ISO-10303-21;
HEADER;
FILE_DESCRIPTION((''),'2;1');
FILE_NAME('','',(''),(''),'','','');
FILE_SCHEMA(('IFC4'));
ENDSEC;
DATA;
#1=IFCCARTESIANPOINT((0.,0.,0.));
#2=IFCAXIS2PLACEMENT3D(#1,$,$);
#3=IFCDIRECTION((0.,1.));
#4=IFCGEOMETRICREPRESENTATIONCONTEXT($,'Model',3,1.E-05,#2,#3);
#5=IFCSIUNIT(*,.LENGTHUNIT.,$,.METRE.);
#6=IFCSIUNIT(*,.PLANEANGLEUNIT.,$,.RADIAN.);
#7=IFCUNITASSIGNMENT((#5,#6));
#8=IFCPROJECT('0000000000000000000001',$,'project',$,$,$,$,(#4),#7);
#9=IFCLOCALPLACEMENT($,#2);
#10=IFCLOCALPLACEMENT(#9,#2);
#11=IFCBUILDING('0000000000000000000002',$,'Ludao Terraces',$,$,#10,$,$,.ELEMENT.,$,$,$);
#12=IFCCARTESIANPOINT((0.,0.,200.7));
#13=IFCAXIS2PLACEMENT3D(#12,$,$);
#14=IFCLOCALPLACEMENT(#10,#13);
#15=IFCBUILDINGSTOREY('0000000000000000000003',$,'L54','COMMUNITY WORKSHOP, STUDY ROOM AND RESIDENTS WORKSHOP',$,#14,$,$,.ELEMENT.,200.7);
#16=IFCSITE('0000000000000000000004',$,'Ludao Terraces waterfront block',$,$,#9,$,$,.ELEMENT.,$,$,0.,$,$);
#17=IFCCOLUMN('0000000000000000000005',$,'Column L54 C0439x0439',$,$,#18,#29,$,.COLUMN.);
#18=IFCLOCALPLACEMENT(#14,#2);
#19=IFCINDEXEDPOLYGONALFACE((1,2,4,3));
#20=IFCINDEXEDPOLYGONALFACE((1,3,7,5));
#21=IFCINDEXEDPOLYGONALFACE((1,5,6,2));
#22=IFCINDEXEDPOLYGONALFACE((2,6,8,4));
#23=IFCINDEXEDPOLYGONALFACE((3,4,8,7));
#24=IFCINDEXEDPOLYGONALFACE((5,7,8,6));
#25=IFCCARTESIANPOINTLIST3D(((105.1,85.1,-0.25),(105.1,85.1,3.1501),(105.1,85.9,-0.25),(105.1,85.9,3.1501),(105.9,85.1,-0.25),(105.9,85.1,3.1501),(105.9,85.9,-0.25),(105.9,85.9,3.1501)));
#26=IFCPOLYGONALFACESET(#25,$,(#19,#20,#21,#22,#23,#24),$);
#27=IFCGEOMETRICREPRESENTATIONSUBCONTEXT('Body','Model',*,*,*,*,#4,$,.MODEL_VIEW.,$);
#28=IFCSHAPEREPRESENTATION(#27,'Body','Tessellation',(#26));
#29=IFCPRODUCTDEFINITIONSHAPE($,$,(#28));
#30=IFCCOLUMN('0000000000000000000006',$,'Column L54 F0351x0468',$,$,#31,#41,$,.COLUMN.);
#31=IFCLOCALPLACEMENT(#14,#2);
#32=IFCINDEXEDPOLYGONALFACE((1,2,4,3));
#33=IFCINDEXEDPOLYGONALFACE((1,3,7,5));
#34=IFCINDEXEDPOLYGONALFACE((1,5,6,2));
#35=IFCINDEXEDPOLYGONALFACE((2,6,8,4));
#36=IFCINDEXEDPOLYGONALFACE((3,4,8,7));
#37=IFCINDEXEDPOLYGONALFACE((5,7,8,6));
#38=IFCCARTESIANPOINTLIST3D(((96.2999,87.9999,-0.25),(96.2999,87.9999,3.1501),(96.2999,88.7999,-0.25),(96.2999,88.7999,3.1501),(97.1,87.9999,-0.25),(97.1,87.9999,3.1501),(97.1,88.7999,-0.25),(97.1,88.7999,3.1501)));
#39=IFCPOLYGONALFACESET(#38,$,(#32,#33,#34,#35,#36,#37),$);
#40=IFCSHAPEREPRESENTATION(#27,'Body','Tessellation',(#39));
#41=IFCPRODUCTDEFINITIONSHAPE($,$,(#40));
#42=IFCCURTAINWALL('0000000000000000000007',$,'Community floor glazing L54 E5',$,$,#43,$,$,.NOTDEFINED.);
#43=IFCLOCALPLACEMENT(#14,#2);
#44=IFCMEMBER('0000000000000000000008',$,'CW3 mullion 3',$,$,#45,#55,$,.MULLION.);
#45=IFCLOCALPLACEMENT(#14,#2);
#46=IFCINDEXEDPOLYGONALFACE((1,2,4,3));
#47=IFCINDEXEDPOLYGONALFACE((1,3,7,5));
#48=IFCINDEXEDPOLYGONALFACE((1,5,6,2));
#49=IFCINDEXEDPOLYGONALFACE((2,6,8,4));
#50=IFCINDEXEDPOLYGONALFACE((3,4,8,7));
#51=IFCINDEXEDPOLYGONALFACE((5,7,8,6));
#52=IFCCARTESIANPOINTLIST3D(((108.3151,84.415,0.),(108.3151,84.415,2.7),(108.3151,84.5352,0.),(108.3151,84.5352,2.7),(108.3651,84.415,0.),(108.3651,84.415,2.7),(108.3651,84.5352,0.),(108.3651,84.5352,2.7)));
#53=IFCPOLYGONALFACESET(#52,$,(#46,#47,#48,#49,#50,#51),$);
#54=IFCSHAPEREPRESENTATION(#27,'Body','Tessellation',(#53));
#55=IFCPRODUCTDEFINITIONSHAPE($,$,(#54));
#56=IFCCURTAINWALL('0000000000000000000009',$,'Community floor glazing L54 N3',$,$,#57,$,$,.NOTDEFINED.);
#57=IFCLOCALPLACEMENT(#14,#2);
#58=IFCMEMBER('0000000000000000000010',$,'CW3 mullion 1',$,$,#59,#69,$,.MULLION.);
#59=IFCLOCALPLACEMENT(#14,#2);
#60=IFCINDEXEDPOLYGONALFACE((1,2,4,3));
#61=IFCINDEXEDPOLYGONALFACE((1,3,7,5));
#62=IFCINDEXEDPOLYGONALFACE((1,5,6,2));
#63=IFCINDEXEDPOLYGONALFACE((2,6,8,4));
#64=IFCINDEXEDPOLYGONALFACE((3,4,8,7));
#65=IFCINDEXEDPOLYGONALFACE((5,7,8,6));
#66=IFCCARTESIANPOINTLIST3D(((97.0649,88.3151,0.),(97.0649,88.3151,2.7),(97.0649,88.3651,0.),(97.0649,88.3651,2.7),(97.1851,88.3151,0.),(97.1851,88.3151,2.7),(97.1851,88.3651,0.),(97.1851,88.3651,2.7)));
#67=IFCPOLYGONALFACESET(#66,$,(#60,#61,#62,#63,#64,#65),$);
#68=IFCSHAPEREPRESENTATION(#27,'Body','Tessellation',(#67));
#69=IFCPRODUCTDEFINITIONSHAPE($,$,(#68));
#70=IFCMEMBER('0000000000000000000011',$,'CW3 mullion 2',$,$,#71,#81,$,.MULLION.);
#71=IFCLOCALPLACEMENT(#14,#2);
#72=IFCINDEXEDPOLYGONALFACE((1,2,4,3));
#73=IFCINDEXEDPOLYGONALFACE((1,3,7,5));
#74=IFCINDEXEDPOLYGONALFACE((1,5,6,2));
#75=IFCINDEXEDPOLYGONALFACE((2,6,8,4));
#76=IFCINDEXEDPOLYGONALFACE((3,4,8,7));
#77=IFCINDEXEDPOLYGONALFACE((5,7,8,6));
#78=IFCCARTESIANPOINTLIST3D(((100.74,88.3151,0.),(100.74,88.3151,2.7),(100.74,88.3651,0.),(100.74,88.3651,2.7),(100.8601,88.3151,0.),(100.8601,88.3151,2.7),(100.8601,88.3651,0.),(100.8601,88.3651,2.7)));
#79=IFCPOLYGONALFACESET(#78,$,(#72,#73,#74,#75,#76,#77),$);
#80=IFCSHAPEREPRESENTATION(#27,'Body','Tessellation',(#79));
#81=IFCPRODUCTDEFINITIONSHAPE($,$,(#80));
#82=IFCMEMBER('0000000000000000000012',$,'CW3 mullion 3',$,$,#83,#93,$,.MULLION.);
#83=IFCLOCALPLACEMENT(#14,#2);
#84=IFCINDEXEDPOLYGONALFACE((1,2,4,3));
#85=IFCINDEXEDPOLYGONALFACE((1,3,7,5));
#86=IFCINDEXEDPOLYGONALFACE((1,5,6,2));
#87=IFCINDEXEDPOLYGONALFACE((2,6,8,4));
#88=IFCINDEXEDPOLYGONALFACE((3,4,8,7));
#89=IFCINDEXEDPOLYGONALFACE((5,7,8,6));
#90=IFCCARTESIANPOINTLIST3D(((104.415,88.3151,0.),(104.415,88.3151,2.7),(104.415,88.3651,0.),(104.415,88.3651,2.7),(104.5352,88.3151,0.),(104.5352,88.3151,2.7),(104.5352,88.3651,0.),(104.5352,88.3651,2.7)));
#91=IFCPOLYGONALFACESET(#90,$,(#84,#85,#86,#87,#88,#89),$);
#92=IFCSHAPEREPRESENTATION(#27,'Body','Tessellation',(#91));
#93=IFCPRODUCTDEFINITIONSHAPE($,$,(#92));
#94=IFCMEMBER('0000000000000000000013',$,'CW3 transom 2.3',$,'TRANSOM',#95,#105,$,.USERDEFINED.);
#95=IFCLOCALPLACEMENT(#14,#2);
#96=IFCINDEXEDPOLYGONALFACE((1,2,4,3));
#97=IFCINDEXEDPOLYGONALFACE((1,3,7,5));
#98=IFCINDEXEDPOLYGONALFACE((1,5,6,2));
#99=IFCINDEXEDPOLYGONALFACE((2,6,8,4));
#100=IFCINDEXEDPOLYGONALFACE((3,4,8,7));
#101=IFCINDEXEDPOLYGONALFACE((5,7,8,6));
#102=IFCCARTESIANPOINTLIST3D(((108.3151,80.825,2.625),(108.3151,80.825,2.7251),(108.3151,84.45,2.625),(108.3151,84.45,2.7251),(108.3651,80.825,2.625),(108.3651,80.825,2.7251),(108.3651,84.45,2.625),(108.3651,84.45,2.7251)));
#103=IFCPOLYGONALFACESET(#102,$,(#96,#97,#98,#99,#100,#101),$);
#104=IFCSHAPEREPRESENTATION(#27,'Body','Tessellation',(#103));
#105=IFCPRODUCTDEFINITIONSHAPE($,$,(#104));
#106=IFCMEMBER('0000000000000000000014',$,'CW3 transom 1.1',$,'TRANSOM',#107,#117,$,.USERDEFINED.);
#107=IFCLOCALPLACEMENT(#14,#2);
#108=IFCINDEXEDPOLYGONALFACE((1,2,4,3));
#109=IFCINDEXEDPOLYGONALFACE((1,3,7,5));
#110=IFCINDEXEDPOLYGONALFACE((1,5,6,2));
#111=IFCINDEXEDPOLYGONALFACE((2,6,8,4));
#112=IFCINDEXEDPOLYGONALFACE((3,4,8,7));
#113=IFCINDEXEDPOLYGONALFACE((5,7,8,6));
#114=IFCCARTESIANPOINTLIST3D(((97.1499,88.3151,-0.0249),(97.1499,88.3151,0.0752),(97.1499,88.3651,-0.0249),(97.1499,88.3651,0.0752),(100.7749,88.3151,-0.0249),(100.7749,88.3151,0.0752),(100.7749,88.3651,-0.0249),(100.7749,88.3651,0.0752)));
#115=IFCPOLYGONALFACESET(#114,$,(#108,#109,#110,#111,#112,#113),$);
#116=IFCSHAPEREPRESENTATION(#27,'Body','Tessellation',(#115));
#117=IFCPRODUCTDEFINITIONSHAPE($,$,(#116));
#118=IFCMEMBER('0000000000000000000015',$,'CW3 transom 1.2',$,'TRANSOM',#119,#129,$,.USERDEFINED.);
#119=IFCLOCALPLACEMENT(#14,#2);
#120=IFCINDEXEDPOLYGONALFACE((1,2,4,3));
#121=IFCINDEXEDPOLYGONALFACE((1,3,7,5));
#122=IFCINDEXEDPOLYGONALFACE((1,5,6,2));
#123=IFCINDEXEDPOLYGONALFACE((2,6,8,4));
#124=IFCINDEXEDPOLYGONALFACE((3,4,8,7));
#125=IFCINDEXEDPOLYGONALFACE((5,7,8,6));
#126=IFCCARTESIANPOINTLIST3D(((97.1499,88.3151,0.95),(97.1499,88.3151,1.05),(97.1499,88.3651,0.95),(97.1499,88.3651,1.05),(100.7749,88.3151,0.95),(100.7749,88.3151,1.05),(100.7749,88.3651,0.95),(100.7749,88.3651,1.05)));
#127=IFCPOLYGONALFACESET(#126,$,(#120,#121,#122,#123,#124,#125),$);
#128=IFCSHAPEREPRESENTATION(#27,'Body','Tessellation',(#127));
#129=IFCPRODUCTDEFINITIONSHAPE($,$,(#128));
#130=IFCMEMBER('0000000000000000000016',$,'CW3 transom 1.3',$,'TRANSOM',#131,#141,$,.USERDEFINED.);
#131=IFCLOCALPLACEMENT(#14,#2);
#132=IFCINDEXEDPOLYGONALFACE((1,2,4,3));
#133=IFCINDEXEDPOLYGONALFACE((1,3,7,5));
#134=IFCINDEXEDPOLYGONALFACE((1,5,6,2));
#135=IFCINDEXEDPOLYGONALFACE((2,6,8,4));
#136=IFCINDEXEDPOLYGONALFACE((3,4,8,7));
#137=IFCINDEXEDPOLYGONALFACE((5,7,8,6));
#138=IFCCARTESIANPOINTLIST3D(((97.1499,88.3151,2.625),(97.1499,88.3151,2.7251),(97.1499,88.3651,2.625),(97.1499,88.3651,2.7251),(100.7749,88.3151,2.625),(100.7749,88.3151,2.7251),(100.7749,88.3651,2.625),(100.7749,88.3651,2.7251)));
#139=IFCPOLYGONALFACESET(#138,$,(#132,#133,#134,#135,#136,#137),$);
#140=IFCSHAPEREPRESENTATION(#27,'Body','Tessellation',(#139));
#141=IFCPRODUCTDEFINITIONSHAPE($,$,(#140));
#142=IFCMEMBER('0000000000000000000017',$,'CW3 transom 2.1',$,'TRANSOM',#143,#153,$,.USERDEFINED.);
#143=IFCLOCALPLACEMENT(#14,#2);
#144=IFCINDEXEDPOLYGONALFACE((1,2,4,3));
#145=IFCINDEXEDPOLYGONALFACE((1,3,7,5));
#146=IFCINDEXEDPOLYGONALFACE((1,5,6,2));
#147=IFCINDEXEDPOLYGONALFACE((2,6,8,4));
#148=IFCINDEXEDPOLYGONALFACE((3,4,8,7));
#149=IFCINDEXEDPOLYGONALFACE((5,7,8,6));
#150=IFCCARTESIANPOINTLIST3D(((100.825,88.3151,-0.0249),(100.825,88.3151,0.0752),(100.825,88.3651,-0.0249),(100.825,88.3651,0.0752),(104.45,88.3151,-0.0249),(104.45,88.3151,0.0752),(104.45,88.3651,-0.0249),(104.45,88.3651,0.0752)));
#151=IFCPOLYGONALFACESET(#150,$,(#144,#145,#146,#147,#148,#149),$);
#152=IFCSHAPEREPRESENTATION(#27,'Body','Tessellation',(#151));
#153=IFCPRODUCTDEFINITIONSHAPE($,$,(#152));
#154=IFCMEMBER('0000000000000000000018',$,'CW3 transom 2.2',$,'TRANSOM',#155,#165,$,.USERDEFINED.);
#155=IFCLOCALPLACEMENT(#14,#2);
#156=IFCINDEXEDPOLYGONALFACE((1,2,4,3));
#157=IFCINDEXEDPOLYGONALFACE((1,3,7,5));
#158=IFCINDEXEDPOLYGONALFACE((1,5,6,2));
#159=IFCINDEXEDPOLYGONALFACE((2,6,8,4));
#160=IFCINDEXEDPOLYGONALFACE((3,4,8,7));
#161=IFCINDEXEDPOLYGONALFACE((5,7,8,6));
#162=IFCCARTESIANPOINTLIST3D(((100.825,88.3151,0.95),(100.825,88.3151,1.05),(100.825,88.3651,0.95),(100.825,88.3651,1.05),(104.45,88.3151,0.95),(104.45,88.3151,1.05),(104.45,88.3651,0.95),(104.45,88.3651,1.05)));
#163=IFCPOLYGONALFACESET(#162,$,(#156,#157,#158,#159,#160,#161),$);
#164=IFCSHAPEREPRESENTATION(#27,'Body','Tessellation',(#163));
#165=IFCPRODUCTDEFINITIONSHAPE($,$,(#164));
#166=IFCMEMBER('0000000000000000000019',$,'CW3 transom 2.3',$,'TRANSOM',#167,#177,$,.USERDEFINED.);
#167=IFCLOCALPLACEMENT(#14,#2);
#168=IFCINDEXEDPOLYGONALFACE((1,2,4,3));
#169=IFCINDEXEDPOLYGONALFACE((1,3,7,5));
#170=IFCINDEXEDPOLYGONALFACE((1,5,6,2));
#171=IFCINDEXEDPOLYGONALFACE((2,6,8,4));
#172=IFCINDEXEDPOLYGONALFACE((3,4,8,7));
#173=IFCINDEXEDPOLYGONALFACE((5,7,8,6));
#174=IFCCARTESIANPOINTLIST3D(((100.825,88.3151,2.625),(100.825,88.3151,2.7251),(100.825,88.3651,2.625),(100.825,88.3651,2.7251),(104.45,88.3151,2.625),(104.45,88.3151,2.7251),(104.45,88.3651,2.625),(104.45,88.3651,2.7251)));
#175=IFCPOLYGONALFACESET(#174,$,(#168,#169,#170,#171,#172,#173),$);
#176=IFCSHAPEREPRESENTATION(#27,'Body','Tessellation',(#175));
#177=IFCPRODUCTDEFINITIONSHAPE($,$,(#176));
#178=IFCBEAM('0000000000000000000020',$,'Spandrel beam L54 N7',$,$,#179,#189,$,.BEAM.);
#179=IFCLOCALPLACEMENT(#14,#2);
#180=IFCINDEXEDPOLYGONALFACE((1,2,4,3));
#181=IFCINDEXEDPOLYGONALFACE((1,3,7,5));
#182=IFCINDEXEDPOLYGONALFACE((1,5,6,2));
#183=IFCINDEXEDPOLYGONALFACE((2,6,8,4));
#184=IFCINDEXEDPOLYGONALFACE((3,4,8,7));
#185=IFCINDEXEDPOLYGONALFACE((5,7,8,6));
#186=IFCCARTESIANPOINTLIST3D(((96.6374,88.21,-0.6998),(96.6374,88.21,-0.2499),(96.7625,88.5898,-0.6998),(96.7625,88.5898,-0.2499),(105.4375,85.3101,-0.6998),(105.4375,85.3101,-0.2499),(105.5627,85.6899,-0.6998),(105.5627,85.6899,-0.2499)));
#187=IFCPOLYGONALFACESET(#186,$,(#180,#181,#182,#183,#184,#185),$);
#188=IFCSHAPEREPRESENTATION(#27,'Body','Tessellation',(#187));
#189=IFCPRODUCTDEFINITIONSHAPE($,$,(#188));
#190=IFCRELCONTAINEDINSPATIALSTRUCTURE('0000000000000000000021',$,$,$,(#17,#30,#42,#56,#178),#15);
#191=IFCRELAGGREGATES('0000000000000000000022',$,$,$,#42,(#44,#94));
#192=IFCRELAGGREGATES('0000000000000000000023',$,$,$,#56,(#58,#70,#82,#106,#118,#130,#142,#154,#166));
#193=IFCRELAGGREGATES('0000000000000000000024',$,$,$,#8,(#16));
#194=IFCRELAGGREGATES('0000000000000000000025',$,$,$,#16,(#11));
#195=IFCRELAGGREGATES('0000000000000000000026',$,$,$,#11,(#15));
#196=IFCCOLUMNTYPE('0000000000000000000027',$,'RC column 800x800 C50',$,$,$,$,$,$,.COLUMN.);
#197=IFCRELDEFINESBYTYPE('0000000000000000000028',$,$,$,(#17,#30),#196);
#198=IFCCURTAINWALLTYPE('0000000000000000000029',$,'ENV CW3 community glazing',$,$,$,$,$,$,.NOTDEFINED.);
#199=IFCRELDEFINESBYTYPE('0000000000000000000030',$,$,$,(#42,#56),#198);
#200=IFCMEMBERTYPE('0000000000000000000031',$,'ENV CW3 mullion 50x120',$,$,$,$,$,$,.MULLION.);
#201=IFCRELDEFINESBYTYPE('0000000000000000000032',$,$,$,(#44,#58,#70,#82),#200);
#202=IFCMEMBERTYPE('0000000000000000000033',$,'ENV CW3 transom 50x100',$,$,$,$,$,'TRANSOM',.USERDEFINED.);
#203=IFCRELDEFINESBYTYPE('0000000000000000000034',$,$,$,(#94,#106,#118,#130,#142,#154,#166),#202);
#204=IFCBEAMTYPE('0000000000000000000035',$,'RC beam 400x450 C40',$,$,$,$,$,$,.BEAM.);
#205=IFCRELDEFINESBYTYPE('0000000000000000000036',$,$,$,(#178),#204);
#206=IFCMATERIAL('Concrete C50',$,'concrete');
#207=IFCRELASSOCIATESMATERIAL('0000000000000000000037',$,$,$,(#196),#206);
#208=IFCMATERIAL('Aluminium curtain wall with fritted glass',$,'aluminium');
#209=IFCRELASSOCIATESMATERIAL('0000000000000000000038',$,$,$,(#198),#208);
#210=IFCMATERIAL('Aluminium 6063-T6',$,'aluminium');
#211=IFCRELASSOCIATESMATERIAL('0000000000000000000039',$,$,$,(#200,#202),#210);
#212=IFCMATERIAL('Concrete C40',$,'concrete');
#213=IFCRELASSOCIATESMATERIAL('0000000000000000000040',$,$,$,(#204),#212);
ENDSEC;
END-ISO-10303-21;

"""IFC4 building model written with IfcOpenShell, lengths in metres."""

from ifc_helpers import new_model, si_unit, direction, frame, origin, origin_2d, place, context, subcontext, project, spatial, rectangle, extrude, material, material_profile, profile_set, type_object, element, aggregate, save


model = new_model("IFC4")

# Units and contexts
model_context = context("Model", 3, precision=1e-05, world=origin(), true_north=direction((0.0, 1.0)))
body_context = subcontext(model_context, "Body", "Model", "MODEL_VIEW")
ifc_project = project(units=[si_unit("LENGTHUNIT", "METRE"), si_unit("PLANEANGLEUNIT", "RADIAN")], contexts=[model_context])

# Site, building, storey
site_placement = place(None, origin())
site = spatial("IfcSite", under=ifc_project, at=site_placement, Name="Ludao Terraces waterfront block", CompositionType="ELEMENT", RefElevation=0.0)
building_placement = place(site_placement, origin())
building = spatial("IfcBuilding", under=site, at=building_placement, Name="Ludao Terraces", CompositionType="ELEMENT")
storey_placement = place(building_placement, frame((0.0, 0.0, 200.7)))
storey = spatial("IfcBuildingStorey", under=building, at=storey_placement, Name="L54", Description="COMMUNITY WORKSHOP, STUDY ROOM AND RESIDENTS WORKSHOP", CompositionType="ELEMENT", Elevation=200.7)

# Columns
ifc_material_1 = material(Name="Concrete C50", Category="concrete")
ifc_material_profile_1 = material_profile(ifc_material_1, rectangle(XDim=0.8, YDim=0.8, at=origin_2d()), Name="800 X 800")
ifc_profile_set_1 = profile_set([ifc_material_profile_1], Name="Concrete C50")
column_type = type_object("IfcColumnType", Name="RC column 800x800 C50", PredefinedType="COLUMN", material=ifc_profile_set_1)
for number, where, z_axis, x_axis, name in (
    (1, (105.5, 85.5, -0.25), (0.0, 0.0, 1.0), (1.0, 0.0, 0.0), "Column L54 C0439x0439"),
    (2, (96.7, 88.3999, -0.25), (0.0, 0.0, 1.0), (1.0, 0.0, 0.0), "Column L54 F0351x0468"),
):
    element("IfcColumn", number, at=place(storey_placement, frame(where, z_axis=z_axis, x_axis=x_axis)), inside=storey, type_object=column_type, Name=name, PredefinedType="COLUMN", context=body_context, shape_type="SweptSolid", body=[
        extrude(rectangle(XDim=0.8, YDim=0.8, at=origin_2d()), origin(), (0.0, 0.0, 1.0), 3.4001),
    ])

# Curtain wall, member
ifc_material_2 = material(Name="Aluminium curtain wall with fritted glass", Category="aluminium")
curtain_wall_type = type_object("IfcCurtainWallType", Name="ENV CW3 community glazing", PredefinedType="NOTDEFINED", material=ifc_material_2)
curtain_wall_1_placement = place(storey_placement, origin())
curtain_wall_1 = element("IfcCurtainWall", 3, at=curtain_wall_1_placement, inside=storey, type_object=curtain_wall_type, Name="Community floor glazing L54 E5", PredefinedType="NOTDEFINED")
ifc_material_3 = material(Name="Aluminium 6063-T6", Category="aluminium")
ifc_material_profile_2 = material_profile(ifc_material_3, rectangle(XDim=0.05, YDim=0.1201, at=origin_2d()), Name="50 X 120")
ifc_profile_set_2 = profile_set([ifc_material_profile_2], Name="Aluminium 6063-T6")
member_type_1 = type_object("IfcMemberType", Name="ENV CW3 mullion 50x120", PredefinedType="MULLION", material=ifc_profile_set_2)
member_1_placement = place(storey_placement, frame((108.3401, 84.4751, 0.0), z_axis=(0.0, 0.0, 1.0), x_axis=(-1.0, 0.0, 0.0)))
member_1 = element("IfcMember", 4, at=member_1_placement, type_object=member_type_1, Name="CW3 mullion 3", PredefinedType="MULLION", context=body_context, shape_type="SweptSolid", body=[
    extrude(rectangle(XDim=0.05, YDim=0.1201, at=origin_2d()), origin(), (0.0, 0.0, 1.0), 2.7),
])

# Curtain wall, members
curtain_wall_2_placement = place(storey_placement, origin())
curtain_wall_2 = element("IfcCurtainWall", 5, at=curtain_wall_2_placement, inside=storey, type_object=curtain_wall_type, Name="Community floor glazing L54 N3", PredefinedType="NOTDEFINED")
member_2_placement = place(storey_placement, frame((97.125, 88.3401, 0.0), z_axis=(0.0, 0.0, 1.0), x_axis=(0.0, 1.0, 0.0)))
member_2 = element("IfcMember", 6, at=member_2_placement, type_object=member_type_1, Name="CW3 mullion 1", PredefinedType="MULLION", context=body_context, shape_type="SweptSolid", body=[
    extrude(rectangle(XDim=0.05, YDim=0.1201, at=origin_2d()), origin(), (0.0, 0.0, 1.0), 2.7),
])
member_3_placement = place(storey_placement, frame((100.8, 88.3401, 0.0), z_axis=(0.0, 0.0, 1.0), x_axis=(0.0, 1.0, 0.0)))
member_3 = element("IfcMember", 7, at=member_3_placement, type_object=member_type_1, Name="CW3 mullion 2", PredefinedType="MULLION", context=body_context, shape_type="SweptSolid", body=[
    extrude(rectangle(XDim=0.05, YDim=0.1201, at=origin_2d()), origin(), (0.0, 0.0, 1.0), 2.7),
])
member_4_placement = place(storey_placement, frame((104.4751, 88.3401, 0.0), z_axis=(0.0, 0.0, 1.0), x_axis=(0.0, 1.0, 0.0)))
member_4 = element("IfcMember", 8, at=member_4_placement, type_object=member_type_1, Name="CW3 mullion 3", PredefinedType="MULLION", context=body_context, shape_type="SweptSolid", body=[
    extrude(rectangle(XDim=0.05, YDim=0.1201, at=origin_2d()), origin(), (0.0, 0.0, 1.0), 2.7),
])

# Members
ifc_material_profile_3 = material_profile(ifc_material_3, rectangle(XDim=0.05, YDim=0.1001, at=origin_2d()), Name="50 X 100")
ifc_profile_set_3 = profile_set([ifc_material_profile_3], Name="Aluminium 6063-T6")
member_type_2 = type_object("IfcMemberType", Name="ENV CW3 transom 50x100", ElementType="TRANSOM", PredefinedType="USERDEFINED", material=ifc_profile_set_3)
member_5_placement = place(storey_placement, frame((108.3401, 80.825, 2.675), z_axis=(0.0, 1.0, 0.0), x_axis=(-1.0, 0.0, 0.0)))
member_5 = element("IfcMember", 9, at=member_5_placement, type_object=member_type_2, Name="CW3 transom 2.3", ObjectType="TRANSOM", PredefinedType="USERDEFINED", context=body_context, shape_type="SweptSolid", body=[
    extrude(rectangle(XDim=0.05, YDim=0.1001, at=origin_2d()), origin(), (0.0, 0.0, 1.0), 3.625),
])
member_6_placement = place(storey_placement, frame((97.1499, 88.3401, 0.0251), z_axis=(1.0, 0.0, 0.0), x_axis=(0.0, 1.0, 0.0)))
member_6 = element("IfcMember", 10, at=member_6_placement, type_object=member_type_2, Name="CW3 transom 1.1", ObjectType="TRANSOM", PredefinedType="USERDEFINED", context=body_context, shape_type="SweptSolid", body=[
    extrude(rectangle(XDim=0.05, YDim=0.1001, at=origin_2d()), origin(), (0.0, 0.0, 1.0), 3.625),
])
member_7_placement = place(storey_placement, frame((97.1499, 88.3401, 1.0), z_axis=(1.0, 0.0, 0.0), x_axis=(0.0, 1.0, 0.0)))
member_7 = element("IfcMember", 11, at=member_7_placement, type_object=member_type_2, Name="CW3 transom 1.2", ObjectType="TRANSOM", PredefinedType="USERDEFINED", context=body_context, shape_type="SweptSolid", body=[
    extrude(rectangle(XDim=0.05, YDim=0.1001, at=origin_2d()), origin(), (0.0, 0.0, 1.0), 3.625),
])
member_8_placement = place(storey_placement, frame((97.1499, 88.3401, 2.675), z_axis=(1.0, 0.0, 0.0), x_axis=(0.0, 1.0, 0.0)))
member_8 = element("IfcMember", 12, at=member_8_placement, type_object=member_type_2, Name="CW3 transom 1.3", ObjectType="TRANSOM", PredefinedType="USERDEFINED", context=body_context, shape_type="SweptSolid", body=[
    extrude(rectangle(XDim=0.05, YDim=0.1001, at=origin_2d()), origin(), (0.0, 0.0, 1.0), 3.625),
])
member_9_placement = place(storey_placement, frame((100.825, 88.3401, 0.0251), z_axis=(1.0, 0.0, 0.0), x_axis=(0.0, 1.0, 0.0)))
member_9 = element("IfcMember", 13, at=member_9_placement, type_object=member_type_2, Name="CW3 transom 2.1", ObjectType="TRANSOM", PredefinedType="USERDEFINED", context=body_context, shape_type="SweptSolid", body=[
    extrude(rectangle(XDim=0.05, YDim=0.1001, at=origin_2d()), origin(), (0.0, 0.0, 1.0), 3.625),
])
member_10_placement = place(storey_placement, frame((100.825, 88.3401, 1.0), z_axis=(1.0, 0.0, 0.0), x_axis=(0.0, 1.0, 0.0)))
member_10 = element("IfcMember", 14, at=member_10_placement, type_object=member_type_2, Name="CW3 transom 2.2", ObjectType="TRANSOM", PredefinedType="USERDEFINED", context=body_context, shape_type="SweptSolid", body=[
    extrude(rectangle(XDim=0.05, YDim=0.1001, at=origin_2d()), origin(), (0.0, 0.0, 1.0), 3.625),
])
member_11_placement = place(storey_placement, frame((100.825, 88.3401, 2.675), z_axis=(1.0, 0.0, 0.0), x_axis=(0.0, 1.0, 0.0)))
member_11 = element("IfcMember", 15, at=member_11_placement, type_object=member_type_2, Name="CW3 transom 2.3", ObjectType="TRANSOM", PredefinedType="USERDEFINED", context=body_context, shape_type="SweptSolid", body=[
    extrude(rectangle(XDim=0.05, YDim=0.1001, at=origin_2d()), origin(), (0.0, 0.0, 1.0), 3.625),
])

# Beam
ifc_material_4 = material(Name="Concrete C40", Category="concrete")
ifc_material_profile_4 = material_profile(ifc_material_4, rectangle(XDim=0.3999, YDim=0.45, at=origin_2d()), Name="400 X 450")
ifc_profile_set_4 = profile_set([ifc_material_profile_4], Name="Concrete C40")
beam_type = type_object("IfcBeamType", Name="RC beam 400x450 C40", PredefinedType="BEAM", material=ifc_profile_set_4)
beam_placement = place(storey_placement, frame((96.7, 88.3999, -0.4749), z_axis=(0.949761, -0.312977, 0.0), x_axis=(0.312977, 0.949761, 0.0)))
element("IfcBeam", 16, at=beam_placement, inside=storey, type_object=beam_type, Name="Spandrel beam L54 N7", PredefinedType="BEAM", context=body_context, shape_type="SweptSolid", body=[
    extrude(rectangle(XDim=0.3999, YDim=0.45, at=origin_2d()), origin(), (0.0, 0.0, 1.0), 9.2656),
])

aggregate(curtain_wall_1, [member_1, member_5])
aggregate(curtain_wall_2, [member_2, member_3, member_4, member_6, member_7, member_8, member_9, member_10, member_11])

save(model, "model.ifc")
